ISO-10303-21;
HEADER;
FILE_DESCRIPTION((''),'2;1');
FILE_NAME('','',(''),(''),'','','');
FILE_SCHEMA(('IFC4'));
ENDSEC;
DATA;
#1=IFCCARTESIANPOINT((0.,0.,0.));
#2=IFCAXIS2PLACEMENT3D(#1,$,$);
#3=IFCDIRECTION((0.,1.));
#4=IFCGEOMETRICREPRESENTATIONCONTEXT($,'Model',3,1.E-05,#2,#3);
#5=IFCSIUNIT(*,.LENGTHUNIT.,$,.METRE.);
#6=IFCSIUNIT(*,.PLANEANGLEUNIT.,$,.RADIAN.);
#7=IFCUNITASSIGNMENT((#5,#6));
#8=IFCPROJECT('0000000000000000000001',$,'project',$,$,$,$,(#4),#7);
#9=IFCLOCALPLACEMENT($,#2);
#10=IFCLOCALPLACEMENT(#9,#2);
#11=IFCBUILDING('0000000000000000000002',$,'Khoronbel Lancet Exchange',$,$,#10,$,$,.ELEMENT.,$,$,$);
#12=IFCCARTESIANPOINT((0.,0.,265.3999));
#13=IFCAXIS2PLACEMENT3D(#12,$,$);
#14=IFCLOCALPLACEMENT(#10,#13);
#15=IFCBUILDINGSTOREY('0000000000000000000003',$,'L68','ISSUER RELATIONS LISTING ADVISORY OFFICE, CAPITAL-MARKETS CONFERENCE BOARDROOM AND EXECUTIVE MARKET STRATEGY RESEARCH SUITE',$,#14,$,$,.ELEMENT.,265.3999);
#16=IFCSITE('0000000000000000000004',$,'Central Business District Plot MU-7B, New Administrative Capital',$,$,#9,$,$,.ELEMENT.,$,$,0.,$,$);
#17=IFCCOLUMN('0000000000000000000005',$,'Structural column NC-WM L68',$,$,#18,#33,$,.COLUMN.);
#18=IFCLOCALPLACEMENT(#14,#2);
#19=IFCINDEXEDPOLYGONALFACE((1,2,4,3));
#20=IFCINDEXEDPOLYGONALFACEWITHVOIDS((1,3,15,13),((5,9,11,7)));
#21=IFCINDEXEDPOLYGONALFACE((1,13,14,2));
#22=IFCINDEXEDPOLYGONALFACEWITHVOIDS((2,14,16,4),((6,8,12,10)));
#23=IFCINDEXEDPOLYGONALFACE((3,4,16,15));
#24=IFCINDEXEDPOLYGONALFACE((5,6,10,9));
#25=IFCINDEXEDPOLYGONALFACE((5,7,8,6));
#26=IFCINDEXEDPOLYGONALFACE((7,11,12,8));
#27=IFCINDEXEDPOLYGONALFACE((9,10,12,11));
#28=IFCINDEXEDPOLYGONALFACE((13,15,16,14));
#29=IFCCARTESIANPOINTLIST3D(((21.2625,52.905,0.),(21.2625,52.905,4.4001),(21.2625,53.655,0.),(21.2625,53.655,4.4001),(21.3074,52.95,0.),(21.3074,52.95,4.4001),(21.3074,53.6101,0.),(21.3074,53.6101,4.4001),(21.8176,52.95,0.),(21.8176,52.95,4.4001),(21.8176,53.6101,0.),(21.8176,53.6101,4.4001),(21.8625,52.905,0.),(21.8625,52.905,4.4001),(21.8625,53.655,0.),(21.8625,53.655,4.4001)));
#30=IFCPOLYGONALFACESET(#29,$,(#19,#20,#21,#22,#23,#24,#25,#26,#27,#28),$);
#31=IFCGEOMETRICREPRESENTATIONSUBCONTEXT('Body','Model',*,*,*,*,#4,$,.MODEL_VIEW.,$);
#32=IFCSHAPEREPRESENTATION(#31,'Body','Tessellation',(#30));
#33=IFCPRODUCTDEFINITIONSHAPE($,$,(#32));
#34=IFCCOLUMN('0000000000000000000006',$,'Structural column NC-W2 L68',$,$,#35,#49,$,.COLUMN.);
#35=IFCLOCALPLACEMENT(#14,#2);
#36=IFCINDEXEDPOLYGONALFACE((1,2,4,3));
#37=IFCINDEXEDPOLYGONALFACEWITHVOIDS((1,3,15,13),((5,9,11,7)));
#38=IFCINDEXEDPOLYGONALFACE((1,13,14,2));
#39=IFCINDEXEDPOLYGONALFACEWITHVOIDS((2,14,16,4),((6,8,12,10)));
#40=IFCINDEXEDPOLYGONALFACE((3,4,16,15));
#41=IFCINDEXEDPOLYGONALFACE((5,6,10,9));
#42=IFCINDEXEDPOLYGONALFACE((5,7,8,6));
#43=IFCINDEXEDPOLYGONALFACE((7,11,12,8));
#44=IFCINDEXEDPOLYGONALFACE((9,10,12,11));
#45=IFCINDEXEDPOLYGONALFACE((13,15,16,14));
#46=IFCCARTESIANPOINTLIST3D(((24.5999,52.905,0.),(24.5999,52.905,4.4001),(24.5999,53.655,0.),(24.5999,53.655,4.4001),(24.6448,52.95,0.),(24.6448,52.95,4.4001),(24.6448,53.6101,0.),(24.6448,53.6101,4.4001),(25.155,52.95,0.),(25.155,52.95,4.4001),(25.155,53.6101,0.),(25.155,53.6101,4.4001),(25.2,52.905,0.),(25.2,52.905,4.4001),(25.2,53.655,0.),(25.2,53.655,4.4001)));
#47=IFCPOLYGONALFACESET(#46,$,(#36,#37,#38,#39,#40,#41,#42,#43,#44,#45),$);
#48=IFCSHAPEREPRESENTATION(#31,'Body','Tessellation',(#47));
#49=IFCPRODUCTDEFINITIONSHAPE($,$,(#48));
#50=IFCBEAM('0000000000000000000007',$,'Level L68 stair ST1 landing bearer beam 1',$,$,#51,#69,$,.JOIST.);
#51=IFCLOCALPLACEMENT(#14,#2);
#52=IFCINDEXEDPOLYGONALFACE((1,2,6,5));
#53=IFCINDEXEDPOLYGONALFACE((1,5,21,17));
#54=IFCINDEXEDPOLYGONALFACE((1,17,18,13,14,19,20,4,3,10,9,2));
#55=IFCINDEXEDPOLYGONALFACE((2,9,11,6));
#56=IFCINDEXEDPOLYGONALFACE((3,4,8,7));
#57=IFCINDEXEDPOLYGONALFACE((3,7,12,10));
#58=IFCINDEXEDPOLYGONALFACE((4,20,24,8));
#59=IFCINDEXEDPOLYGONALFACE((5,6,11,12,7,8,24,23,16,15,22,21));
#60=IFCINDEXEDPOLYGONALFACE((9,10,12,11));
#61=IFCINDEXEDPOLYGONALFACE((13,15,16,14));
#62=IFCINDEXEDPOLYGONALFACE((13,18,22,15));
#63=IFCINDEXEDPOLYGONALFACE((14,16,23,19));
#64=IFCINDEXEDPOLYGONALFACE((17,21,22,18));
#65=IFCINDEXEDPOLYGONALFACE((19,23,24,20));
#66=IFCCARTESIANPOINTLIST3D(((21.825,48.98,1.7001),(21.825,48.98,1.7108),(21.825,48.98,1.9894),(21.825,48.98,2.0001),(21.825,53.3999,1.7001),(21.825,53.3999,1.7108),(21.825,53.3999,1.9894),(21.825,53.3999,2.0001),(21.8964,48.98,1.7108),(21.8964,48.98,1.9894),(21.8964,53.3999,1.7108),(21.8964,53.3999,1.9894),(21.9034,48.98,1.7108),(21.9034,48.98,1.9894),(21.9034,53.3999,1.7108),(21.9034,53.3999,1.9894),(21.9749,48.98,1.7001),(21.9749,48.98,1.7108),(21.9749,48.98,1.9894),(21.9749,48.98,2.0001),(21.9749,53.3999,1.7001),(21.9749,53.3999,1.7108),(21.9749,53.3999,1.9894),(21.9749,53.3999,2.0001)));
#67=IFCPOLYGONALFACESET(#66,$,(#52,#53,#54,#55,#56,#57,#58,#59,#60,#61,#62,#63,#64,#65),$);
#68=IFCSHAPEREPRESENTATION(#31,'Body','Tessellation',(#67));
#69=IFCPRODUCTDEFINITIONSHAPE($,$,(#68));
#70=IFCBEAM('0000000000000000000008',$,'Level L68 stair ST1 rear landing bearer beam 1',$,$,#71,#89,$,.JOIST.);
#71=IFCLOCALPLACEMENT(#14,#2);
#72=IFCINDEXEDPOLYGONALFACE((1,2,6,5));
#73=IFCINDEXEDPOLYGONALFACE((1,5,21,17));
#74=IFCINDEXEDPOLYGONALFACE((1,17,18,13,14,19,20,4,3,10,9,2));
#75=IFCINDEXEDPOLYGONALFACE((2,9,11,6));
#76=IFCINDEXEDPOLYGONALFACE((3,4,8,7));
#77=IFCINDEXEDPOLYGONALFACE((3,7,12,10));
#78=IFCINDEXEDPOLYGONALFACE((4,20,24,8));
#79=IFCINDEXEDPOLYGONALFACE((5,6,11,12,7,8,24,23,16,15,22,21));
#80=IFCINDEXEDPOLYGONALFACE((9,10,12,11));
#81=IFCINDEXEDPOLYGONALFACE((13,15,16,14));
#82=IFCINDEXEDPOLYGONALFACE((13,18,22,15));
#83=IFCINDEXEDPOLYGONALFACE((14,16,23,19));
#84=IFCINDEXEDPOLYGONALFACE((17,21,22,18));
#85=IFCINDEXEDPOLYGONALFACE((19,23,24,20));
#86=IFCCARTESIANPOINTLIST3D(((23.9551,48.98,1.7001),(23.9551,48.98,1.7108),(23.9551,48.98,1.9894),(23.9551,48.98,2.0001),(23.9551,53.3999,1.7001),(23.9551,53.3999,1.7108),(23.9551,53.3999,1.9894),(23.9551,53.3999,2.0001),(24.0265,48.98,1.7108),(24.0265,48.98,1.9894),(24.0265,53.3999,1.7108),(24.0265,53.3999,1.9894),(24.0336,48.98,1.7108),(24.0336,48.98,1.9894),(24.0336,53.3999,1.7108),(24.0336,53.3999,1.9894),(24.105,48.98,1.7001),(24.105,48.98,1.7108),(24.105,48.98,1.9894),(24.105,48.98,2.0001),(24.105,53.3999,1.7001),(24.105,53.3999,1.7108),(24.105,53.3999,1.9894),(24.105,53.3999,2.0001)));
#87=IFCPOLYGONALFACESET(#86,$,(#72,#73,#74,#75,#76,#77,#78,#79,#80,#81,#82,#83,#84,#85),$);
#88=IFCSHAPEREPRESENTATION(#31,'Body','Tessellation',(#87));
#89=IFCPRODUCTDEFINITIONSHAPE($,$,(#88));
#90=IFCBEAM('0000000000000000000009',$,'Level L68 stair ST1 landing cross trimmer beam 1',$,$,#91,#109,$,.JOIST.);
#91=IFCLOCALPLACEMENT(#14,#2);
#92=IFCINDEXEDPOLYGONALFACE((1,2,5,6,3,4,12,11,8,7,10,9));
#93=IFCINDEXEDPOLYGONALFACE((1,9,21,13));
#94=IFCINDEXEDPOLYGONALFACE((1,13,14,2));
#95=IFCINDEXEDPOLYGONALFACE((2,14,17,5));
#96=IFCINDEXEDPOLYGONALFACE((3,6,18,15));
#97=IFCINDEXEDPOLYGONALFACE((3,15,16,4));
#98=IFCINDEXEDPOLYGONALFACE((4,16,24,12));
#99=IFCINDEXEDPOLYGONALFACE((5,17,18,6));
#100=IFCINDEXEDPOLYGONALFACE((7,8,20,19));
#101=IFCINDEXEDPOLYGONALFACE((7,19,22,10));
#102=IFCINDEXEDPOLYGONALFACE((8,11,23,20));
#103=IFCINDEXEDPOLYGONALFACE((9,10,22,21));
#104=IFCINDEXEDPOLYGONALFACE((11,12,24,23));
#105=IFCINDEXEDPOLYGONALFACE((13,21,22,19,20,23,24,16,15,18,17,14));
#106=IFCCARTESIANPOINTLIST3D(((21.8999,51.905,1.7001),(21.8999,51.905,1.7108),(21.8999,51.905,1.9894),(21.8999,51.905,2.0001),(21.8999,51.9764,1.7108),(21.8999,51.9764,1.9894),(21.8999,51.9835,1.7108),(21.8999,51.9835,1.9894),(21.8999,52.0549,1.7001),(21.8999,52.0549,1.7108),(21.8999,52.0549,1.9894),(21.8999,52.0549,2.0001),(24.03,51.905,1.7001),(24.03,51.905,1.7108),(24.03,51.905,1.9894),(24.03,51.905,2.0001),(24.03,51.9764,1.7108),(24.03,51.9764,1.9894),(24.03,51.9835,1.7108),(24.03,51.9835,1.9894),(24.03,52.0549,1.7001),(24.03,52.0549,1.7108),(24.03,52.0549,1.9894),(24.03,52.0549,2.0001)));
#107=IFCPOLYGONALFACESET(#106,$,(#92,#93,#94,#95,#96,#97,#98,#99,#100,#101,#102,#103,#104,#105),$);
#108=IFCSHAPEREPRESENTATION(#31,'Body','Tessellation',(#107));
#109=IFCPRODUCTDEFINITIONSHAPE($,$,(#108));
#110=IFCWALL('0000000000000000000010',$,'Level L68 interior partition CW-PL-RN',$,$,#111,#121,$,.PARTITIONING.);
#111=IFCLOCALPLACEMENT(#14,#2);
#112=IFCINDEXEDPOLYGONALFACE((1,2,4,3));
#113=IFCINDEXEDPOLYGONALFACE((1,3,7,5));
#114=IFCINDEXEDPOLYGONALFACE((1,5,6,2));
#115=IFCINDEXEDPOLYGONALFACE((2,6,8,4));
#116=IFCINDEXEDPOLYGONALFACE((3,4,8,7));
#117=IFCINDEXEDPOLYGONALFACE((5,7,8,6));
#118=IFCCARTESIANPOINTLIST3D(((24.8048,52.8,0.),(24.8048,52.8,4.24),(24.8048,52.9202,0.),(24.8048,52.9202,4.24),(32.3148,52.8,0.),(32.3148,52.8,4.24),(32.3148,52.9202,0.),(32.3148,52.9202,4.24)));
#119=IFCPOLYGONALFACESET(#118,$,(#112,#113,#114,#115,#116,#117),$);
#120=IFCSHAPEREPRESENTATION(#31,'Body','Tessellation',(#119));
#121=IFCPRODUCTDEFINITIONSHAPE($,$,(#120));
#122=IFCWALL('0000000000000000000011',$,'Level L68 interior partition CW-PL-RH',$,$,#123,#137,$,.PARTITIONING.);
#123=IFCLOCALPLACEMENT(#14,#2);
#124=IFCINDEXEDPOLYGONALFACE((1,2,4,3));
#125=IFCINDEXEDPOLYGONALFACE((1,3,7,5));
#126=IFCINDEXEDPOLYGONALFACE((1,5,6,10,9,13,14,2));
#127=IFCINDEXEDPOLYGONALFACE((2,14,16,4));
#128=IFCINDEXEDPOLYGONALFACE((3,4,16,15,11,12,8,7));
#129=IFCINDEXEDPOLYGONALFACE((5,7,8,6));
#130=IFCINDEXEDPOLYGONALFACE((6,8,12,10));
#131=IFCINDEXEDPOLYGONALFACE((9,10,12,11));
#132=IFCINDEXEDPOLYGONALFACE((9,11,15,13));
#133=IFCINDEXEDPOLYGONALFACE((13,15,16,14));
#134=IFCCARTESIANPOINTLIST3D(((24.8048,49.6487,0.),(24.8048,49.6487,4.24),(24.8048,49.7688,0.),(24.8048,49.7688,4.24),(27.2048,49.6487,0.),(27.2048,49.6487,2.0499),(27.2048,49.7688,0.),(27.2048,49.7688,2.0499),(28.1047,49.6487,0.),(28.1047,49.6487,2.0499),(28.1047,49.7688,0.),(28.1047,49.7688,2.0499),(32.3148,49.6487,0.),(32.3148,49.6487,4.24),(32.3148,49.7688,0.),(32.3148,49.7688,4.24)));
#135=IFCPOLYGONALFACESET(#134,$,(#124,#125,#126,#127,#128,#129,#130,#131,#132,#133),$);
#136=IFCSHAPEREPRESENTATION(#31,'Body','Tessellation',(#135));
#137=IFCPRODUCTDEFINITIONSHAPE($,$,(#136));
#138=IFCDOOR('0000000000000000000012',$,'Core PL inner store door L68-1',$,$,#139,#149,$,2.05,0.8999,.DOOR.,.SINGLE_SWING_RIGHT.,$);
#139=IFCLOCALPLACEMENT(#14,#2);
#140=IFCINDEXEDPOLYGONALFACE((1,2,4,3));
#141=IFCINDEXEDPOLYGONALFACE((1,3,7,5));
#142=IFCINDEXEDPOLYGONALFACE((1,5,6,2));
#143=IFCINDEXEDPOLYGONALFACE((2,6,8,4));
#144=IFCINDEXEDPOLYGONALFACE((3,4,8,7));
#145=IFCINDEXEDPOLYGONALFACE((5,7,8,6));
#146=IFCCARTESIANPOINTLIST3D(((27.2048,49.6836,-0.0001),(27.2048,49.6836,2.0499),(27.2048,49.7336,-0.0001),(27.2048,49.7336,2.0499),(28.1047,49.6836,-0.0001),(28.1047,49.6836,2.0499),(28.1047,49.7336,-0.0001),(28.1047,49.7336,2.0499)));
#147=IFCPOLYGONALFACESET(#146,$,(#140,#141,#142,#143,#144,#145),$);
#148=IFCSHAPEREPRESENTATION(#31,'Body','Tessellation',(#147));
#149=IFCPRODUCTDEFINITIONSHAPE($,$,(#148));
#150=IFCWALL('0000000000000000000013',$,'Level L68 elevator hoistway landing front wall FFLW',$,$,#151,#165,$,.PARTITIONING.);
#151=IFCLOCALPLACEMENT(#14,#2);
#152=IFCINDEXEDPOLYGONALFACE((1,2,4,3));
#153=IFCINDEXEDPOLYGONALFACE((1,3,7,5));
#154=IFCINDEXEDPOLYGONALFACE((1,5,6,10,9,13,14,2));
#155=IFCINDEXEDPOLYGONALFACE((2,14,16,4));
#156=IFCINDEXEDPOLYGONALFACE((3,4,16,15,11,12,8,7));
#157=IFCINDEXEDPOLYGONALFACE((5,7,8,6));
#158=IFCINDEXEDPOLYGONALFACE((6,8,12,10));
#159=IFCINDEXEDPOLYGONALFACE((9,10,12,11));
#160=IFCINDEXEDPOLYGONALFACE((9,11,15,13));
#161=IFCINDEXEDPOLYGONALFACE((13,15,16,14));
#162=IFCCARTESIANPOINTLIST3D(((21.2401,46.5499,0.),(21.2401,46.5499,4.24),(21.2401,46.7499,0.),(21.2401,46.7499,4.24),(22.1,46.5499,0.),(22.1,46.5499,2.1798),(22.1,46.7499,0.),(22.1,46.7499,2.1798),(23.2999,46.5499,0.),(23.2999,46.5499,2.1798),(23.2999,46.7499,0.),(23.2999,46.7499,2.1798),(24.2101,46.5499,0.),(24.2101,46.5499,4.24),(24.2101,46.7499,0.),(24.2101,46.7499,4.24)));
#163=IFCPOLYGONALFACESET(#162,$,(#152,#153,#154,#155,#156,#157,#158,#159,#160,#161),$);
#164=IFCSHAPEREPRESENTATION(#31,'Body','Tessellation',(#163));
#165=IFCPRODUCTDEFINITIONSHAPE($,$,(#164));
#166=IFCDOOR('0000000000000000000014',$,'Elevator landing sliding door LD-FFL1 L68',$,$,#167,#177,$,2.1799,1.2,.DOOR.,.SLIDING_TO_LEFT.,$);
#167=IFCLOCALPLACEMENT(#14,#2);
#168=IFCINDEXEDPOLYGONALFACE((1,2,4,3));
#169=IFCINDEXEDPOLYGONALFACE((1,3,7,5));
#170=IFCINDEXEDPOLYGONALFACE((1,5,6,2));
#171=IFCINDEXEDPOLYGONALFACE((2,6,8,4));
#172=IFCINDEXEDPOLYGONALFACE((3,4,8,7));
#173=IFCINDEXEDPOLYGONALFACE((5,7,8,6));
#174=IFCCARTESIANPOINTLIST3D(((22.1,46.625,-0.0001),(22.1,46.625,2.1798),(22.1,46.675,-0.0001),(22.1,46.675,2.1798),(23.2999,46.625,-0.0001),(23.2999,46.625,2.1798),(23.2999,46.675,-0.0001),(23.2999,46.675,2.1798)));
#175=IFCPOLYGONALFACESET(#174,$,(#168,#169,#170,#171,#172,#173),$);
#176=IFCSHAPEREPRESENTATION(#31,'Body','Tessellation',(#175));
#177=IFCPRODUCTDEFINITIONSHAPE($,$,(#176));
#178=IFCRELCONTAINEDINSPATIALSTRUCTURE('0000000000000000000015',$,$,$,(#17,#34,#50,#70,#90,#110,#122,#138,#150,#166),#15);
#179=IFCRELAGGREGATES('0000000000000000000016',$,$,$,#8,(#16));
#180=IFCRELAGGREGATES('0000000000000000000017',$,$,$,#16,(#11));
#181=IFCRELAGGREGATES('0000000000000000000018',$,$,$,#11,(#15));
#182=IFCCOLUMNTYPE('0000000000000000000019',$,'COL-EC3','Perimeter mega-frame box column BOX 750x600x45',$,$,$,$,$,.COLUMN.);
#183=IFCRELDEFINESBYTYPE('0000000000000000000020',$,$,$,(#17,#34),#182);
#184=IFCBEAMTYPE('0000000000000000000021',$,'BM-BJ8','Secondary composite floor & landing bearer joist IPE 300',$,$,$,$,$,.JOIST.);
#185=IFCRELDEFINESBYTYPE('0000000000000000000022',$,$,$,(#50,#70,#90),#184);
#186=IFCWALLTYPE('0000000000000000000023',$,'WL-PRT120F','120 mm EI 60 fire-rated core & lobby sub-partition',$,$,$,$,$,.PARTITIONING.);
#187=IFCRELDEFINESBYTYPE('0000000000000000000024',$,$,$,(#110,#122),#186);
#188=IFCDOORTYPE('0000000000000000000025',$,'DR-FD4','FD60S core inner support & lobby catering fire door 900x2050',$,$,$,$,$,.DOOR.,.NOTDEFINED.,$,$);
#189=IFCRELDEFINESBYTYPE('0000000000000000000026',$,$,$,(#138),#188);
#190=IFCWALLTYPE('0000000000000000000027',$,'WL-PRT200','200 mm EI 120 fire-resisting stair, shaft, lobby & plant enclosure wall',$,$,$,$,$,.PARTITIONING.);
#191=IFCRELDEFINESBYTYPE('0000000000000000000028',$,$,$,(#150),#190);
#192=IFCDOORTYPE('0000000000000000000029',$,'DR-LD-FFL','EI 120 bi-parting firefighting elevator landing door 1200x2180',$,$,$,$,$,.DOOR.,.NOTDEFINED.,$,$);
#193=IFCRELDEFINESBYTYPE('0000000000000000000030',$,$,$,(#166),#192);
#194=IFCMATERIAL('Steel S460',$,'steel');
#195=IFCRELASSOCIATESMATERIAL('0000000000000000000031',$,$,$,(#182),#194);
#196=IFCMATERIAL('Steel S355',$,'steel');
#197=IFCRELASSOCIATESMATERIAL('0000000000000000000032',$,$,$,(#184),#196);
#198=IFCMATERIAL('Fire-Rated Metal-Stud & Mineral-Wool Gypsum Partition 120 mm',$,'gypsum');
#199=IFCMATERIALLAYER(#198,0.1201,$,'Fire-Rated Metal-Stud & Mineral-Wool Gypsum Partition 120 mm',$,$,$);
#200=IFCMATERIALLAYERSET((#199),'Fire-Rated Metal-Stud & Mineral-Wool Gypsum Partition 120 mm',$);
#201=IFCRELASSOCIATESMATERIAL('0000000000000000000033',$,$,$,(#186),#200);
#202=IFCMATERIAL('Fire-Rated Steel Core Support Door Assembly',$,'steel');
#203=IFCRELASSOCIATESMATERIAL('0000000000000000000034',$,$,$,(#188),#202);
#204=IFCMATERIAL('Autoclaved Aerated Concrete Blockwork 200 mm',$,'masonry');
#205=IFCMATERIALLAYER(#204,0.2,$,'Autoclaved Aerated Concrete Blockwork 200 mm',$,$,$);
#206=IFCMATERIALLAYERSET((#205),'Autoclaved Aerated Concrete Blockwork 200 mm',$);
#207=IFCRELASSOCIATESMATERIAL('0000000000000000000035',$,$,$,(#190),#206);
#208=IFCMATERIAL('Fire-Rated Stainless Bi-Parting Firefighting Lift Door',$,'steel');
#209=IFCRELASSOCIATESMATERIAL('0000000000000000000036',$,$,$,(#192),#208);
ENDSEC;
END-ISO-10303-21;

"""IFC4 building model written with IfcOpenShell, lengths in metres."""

from ifc_helpers import new_model, si_unit, direction, frame, frame_2d, origin, origin_2d, place, context, subcontext, project, spatial, rectangle, hollow_rectangle, i_section, extrude, material, layer, layer_set, material_profile, profile_set, type_object, element, fill, save


model = new_model("IFC4")

# Units and contexts
model_context = context("Model", 3, precision=1e-05, world=origin(), true_north=direction((0.0, 1.0)))
body_context = subcontext(model_context, "Body", "Model", "MODEL_VIEW")
ifc_project = project(units=[si_unit("LENGTHUNIT", "METRE"), si_unit("PLANEANGLEUNIT", "RADIAN")], contexts=[model_context])

# Site, building, storey
site_placement = place(None, origin())
site = spatial("IfcSite", under=ifc_project, at=site_placement, Name="Central Business District Plot MU-7B, New Administrative Capital", CompositionType="ELEMENT", RefElevation=0.0)
building_placement = place(site_placement, origin())
building = spatial("IfcBuilding", under=site, at=building_placement, Name="Khoronbel Lancet Exchange", CompositionType="ELEMENT")
storey_placement = place(building_placement, frame((0.0, 0.0, 265.3999)))
storey = spatial("IfcBuildingStorey", under=building, at=storey_placement, Name="L68", Description="ISSUER RELATIONS LISTING ADVISORY OFFICE, CAPITAL-MARKETS CONFERENCE BOARDROOM AND EXECUTIVE MARKET STRATEGY RESEARCH SUITE", CompositionType="ELEMENT", Elevation=265.3999)

# Columns
ifc_material_1 = material(Name="Steel S460", Category="steel")
ifc_material_profile_1 = material_profile(ifc_material_1, hollow_rectangle(XDim=0.6001, YDim=0.75, WallThickness=0.0449, at=origin_2d()), Name="BOX 750x600x45")
ifc_profile_set_1 = profile_set([ifc_material_profile_1], Name="Steel S460")
column_type = type_object("IfcColumnType", Name="COL-EC3", Description="Perimeter mega-frame box column BOX 750x600x45", PredefinedType="COLUMN", material=ifc_profile_set_1)
for number, where, z_axis, x_axis, name in (
    (1, (21.5625, 53.28, 0.0), (0.0, 0.0, 1.0), (1.0, 0.0, 0.0), "Structural column NC-WM L68"),
    (2, (24.8999, 53.28, 0.0), (0.0, 0.0, 1.0), (1.0, 0.0, 0.0), "Structural column NC-W2 L68"),
):
    element("IfcColumn", number, at=place(storey_placement, frame(where, z_axis=z_axis, x_axis=x_axis)), inside=storey, type_object=column_type, Name=name, PredefinedType="COLUMN", context=body_context, shape_type="SweptSolid", body=[
        extrude(hollow_rectangle(XDim=0.6001, YDim=0.75, WallThickness=0.0449, at=origin_2d()), origin(), (0.0, 0.0, 1.0), 4.4001),
    ])

# Beams
ifc_material_2 = material(Name="Steel S355", Category="steel")
ifc_material_profile_2 = material_profile(ifc_material_2, i_section(OverallWidth=0.1499, OverallDepth=0.3, WebThickness=0.0071, FlangeThickness=0.0107, at=origin_2d()), Name="IPE 300")
ifc_profile_set_2 = profile_set([ifc_material_profile_2], Name="Steel S355")
beam_type = type_object("IfcBeamType", Name="BM-BJ8", Description="Secondary composite floor & landing bearer joist IPE 300", PredefinedType="JOIST", material=ifc_profile_set_2)
for number, where, z_axis, x_axis, name in (
    (3, (21.8999, 48.98, 1.8501), (0.0, 1.0, 0.0), (-1.0, 0.0, 0.0), "Level L68 stair ST1 landing bearer beam 1"),
    (4, (24.03, 48.98, 1.8501), (0.0, 1.0, 0.0), (-1.0, 0.0, 0.0), "Level L68 stair ST1 rear landing bearer beam 1"),
):
    element("IfcBeam", number, at=place(storey_placement, frame(where, z_axis=z_axis, x_axis=x_axis)), inside=storey, type_object=beam_type, Name=name, PredefinedType="JOIST", context=body_context, shape_type="SweptSolid", body=[
        extrude(i_section(OverallWidth=0.1499, OverallDepth=0.3, WebThickness=0.0071, FlangeThickness=0.0107, at=origin_2d()), origin(), (0.0, 0.0, 1.0), 4.4199),
    ])
beam_placement = place(storey_placement, frame((21.8999, 51.98, 1.8501), z_axis=(1.0, 0.0, 0.0), x_axis=(0.0, 1.0, 0.0)))
element("IfcBeam", 5, at=beam_placement, inside=storey, type_object=beam_type, Name="Level L68 stair ST1 landing cross trimmer beam 1", PredefinedType="JOIST", context=body_context, shape_type="SweptSolid", body=[
    extrude(i_section(OverallWidth=0.1499, OverallDepth=0.3, WebThickness=0.0071, FlangeThickness=0.0107, at=origin_2d()), origin(), (0.0, 0.0, 1.0), 2.1301),
])

# Wall
ifc_material_3 = material(Name="Fire-Rated Metal-Stud & Mineral-Wool Gypsum Partition 120 mm", Category="gypsum")
ifc_layer_1 = layer(ifc_material_3, 0.1201, Name="Fire-Rated Metal-Stud & Mineral-Wool Gypsum Partition 120 mm")
ifc_layer_set_1 = layer_set([ifc_layer_1], Name="Fire-Rated Metal-Stud & Mineral-Wool Gypsum Partition 120 mm")
wall_type_1 = type_object("IfcWallType", Name="WL-PRT120F", Description="120 mm EI 60 fire-rated core & lobby sub-partition", PredefinedType="PARTITIONING", material=ifc_layer_set_1)
wall_1_placement = place(storey_placement, frame((24.8049, 52.8601, 0.0), z_axis=(0.0, 0.0, 1.0), x_axis=(1.0, 0.0, 0.0)))
element("IfcWall", 6, at=wall_1_placement, inside=storey, type_object=wall_type_1, Name="Level L68 interior partition CW-PL-RN", PredefinedType="PARTITIONING", context=body_context, shape_type="SweptSolid", body=[
    extrude(rectangle(XDim=7.51, YDim=0.1201, at=frame_2d((3.7549, 0.0))), origin(), (0.0, 0.0, 1.0), 4.24),
])

# Walls, openings, doors
wall_2_placement = place(storey_placement, frame((24.8049, 49.7087, 0.0), z_axis=(0.0, 0.0, 1.0), x_axis=(1.0, 0.0, 0.0)))
wall_2 = element("IfcWall", 7, at=wall_2_placement, inside=storey, type_object=wall_type_1, Name="Level L68 interior partition CW-PL-RH", PredefinedType="PARTITIONING", context=body_context, shape_type="SweptSolid", body=[
    extrude(rectangle(XDim=7.51, YDim=0.1201, at=frame_2d((3.7549, 0.0))), origin(), (0.0, 0.0, 1.0), 4.24),
])
opening_1_placement = place(wall_2_placement, frame((2.3999, 0.0, 0.0)))
opening_1 = element("IfcOpeningElement", 8, at=opening_1_placement, cuts=wall_2, PredefinedType="OPENING", context=body_context, shape_type="SweptSolid", body=[
    extrude(rectangle(XDim=0.8999, YDim=2.05, at=frame_2d((0.45, 1.0249))), frame((0.0, 0.0701, 0.0), z_axis=(0.0, -1.0, 0.0), x_axis=(1.0, 0.0, 0.0)), (0.0, 0.0, 1.0), 0.1401),
])
ifc_material_4 = material(Name="Fire-Rated Steel Core Support Door Assembly", Category="steel")
door_type_1 = type_object("IfcDoorType", Name="DR-FD4", Description="FD60S core inner support & lobby catering fire door 900x2050", OperationType="NOTDEFINED", PredefinedType="DOOR", material=ifc_material_4)
door_1_placement = place(opening_1_placement, origin())
door_1 = element("IfcDoor", 9, at=door_1_placement, inside=storey, type_object=door_type_1, Name="Core PL inner store door L68-1", OperationType="SINGLE_SWING_RIGHT", OverallHeight=2.05, OverallWidth=0.8999, PredefinedType="DOOR", context=body_context, shape_type="SweptSolid", body=[
    extrude(rectangle(XDim=0.8999, YDim=2.05, at=frame_2d((0.45, 1.0249))), frame((0.0, 0.0249, 0.0), z_axis=(0.0, -1.0, 0.0), x_axis=(1.0, 0.0, 0.0)), (0.0, 0.0, 1.0), 0.05),
])
fill(opening_1, door_1)
ifc_material_5 = material(Name="Autoclaved Aerated Concrete Blockwork 200 mm", Category="masonry")
ifc_layer_2 = layer(ifc_material_5, 0.2, Name="Autoclaved Aerated Concrete Blockwork 200 mm")
ifc_layer_set_2 = layer_set([ifc_layer_2], Name="Autoclaved Aerated Concrete Blockwork 200 mm")
wall_type_2 = type_object("IfcWallType", Name="WL-PRT200", Description="200 mm EI 120 fire-resisting stair, shaft, lobby & plant enclosure wall", PredefinedType="PARTITIONING", material=ifc_layer_set_2)
wall_3_placement = place(storey_placement, frame((24.21, 46.6499, 0.0), z_axis=(0.0, 0.0, 1.0), x_axis=(-1.0, 0.0, 0.0)))
wall_3 = element("IfcWall", 10, at=wall_3_placement, inside=storey, type_object=wall_type_2, Name="Level L68 elevator hoistway landing front wall FFLW", PredefinedType="PARTITIONING", context=body_context, shape_type="SweptSolid", body=[
    extrude(rectangle(XDim=2.97, YDim=0.2, at=frame_2d((1.4849, 0.0))), origin(), (0.0, 0.0, 1.0), 4.24),
])
opening_2_placement = place(wall_3_placement, frame((0.9099, 0.0, 0.0)))
opening_2 = element("IfcOpeningElement", 11, at=opening_2_placement, cuts=wall_3, PredefinedType="OPENING", context=body_context, shape_type="SweptSolid", body=[
    extrude(rectangle(XDim=1.2, YDim=2.1799, at=frame_2d((0.6001, 1.0898))), frame((0.0, 0.1099, 0.0), z_axis=(0.0, -1.0, 0.0), x_axis=(1.0, 0.0, 0.0)), (0.0, 0.0, 1.0), 0.22),
])
ifc_material_6 = material(Name="Fire-Rated Stainless Bi-Parting Firefighting Lift Door", Category="steel")
door_type_2 = type_object("IfcDoorType", Name="DR-LD-FFL", Description="EI 120 bi-parting firefighting elevator landing door 1200x2180", OperationType="NOTDEFINED", PredefinedType="DOOR", material=ifc_material_6)
door_2_placement = place(opening_2_placement, origin())
door_2 = element("IfcDoor", 12, at=door_2_placement, inside=storey, type_object=door_type_2, Name="Elevator landing sliding door LD-FFL1 L68", OperationType="SLIDING_TO_LEFT", OverallHeight=2.1799, OverallWidth=1.2, PredefinedType="DOOR", context=body_context, shape_type="SweptSolid", body=[
    extrude(rectangle(XDim=1.2, YDim=2.1799, at=frame_2d((0.6001, 1.0898))), frame((0.0, 0.0249, 0.0), z_axis=(0.0, -1.0, 0.0), x_axis=(1.0, 0.0, 0.0)), (0.0, 0.0, 1.0), 0.05),
])
fill(opening_2, door_2)

save(model, "model.ifc")
